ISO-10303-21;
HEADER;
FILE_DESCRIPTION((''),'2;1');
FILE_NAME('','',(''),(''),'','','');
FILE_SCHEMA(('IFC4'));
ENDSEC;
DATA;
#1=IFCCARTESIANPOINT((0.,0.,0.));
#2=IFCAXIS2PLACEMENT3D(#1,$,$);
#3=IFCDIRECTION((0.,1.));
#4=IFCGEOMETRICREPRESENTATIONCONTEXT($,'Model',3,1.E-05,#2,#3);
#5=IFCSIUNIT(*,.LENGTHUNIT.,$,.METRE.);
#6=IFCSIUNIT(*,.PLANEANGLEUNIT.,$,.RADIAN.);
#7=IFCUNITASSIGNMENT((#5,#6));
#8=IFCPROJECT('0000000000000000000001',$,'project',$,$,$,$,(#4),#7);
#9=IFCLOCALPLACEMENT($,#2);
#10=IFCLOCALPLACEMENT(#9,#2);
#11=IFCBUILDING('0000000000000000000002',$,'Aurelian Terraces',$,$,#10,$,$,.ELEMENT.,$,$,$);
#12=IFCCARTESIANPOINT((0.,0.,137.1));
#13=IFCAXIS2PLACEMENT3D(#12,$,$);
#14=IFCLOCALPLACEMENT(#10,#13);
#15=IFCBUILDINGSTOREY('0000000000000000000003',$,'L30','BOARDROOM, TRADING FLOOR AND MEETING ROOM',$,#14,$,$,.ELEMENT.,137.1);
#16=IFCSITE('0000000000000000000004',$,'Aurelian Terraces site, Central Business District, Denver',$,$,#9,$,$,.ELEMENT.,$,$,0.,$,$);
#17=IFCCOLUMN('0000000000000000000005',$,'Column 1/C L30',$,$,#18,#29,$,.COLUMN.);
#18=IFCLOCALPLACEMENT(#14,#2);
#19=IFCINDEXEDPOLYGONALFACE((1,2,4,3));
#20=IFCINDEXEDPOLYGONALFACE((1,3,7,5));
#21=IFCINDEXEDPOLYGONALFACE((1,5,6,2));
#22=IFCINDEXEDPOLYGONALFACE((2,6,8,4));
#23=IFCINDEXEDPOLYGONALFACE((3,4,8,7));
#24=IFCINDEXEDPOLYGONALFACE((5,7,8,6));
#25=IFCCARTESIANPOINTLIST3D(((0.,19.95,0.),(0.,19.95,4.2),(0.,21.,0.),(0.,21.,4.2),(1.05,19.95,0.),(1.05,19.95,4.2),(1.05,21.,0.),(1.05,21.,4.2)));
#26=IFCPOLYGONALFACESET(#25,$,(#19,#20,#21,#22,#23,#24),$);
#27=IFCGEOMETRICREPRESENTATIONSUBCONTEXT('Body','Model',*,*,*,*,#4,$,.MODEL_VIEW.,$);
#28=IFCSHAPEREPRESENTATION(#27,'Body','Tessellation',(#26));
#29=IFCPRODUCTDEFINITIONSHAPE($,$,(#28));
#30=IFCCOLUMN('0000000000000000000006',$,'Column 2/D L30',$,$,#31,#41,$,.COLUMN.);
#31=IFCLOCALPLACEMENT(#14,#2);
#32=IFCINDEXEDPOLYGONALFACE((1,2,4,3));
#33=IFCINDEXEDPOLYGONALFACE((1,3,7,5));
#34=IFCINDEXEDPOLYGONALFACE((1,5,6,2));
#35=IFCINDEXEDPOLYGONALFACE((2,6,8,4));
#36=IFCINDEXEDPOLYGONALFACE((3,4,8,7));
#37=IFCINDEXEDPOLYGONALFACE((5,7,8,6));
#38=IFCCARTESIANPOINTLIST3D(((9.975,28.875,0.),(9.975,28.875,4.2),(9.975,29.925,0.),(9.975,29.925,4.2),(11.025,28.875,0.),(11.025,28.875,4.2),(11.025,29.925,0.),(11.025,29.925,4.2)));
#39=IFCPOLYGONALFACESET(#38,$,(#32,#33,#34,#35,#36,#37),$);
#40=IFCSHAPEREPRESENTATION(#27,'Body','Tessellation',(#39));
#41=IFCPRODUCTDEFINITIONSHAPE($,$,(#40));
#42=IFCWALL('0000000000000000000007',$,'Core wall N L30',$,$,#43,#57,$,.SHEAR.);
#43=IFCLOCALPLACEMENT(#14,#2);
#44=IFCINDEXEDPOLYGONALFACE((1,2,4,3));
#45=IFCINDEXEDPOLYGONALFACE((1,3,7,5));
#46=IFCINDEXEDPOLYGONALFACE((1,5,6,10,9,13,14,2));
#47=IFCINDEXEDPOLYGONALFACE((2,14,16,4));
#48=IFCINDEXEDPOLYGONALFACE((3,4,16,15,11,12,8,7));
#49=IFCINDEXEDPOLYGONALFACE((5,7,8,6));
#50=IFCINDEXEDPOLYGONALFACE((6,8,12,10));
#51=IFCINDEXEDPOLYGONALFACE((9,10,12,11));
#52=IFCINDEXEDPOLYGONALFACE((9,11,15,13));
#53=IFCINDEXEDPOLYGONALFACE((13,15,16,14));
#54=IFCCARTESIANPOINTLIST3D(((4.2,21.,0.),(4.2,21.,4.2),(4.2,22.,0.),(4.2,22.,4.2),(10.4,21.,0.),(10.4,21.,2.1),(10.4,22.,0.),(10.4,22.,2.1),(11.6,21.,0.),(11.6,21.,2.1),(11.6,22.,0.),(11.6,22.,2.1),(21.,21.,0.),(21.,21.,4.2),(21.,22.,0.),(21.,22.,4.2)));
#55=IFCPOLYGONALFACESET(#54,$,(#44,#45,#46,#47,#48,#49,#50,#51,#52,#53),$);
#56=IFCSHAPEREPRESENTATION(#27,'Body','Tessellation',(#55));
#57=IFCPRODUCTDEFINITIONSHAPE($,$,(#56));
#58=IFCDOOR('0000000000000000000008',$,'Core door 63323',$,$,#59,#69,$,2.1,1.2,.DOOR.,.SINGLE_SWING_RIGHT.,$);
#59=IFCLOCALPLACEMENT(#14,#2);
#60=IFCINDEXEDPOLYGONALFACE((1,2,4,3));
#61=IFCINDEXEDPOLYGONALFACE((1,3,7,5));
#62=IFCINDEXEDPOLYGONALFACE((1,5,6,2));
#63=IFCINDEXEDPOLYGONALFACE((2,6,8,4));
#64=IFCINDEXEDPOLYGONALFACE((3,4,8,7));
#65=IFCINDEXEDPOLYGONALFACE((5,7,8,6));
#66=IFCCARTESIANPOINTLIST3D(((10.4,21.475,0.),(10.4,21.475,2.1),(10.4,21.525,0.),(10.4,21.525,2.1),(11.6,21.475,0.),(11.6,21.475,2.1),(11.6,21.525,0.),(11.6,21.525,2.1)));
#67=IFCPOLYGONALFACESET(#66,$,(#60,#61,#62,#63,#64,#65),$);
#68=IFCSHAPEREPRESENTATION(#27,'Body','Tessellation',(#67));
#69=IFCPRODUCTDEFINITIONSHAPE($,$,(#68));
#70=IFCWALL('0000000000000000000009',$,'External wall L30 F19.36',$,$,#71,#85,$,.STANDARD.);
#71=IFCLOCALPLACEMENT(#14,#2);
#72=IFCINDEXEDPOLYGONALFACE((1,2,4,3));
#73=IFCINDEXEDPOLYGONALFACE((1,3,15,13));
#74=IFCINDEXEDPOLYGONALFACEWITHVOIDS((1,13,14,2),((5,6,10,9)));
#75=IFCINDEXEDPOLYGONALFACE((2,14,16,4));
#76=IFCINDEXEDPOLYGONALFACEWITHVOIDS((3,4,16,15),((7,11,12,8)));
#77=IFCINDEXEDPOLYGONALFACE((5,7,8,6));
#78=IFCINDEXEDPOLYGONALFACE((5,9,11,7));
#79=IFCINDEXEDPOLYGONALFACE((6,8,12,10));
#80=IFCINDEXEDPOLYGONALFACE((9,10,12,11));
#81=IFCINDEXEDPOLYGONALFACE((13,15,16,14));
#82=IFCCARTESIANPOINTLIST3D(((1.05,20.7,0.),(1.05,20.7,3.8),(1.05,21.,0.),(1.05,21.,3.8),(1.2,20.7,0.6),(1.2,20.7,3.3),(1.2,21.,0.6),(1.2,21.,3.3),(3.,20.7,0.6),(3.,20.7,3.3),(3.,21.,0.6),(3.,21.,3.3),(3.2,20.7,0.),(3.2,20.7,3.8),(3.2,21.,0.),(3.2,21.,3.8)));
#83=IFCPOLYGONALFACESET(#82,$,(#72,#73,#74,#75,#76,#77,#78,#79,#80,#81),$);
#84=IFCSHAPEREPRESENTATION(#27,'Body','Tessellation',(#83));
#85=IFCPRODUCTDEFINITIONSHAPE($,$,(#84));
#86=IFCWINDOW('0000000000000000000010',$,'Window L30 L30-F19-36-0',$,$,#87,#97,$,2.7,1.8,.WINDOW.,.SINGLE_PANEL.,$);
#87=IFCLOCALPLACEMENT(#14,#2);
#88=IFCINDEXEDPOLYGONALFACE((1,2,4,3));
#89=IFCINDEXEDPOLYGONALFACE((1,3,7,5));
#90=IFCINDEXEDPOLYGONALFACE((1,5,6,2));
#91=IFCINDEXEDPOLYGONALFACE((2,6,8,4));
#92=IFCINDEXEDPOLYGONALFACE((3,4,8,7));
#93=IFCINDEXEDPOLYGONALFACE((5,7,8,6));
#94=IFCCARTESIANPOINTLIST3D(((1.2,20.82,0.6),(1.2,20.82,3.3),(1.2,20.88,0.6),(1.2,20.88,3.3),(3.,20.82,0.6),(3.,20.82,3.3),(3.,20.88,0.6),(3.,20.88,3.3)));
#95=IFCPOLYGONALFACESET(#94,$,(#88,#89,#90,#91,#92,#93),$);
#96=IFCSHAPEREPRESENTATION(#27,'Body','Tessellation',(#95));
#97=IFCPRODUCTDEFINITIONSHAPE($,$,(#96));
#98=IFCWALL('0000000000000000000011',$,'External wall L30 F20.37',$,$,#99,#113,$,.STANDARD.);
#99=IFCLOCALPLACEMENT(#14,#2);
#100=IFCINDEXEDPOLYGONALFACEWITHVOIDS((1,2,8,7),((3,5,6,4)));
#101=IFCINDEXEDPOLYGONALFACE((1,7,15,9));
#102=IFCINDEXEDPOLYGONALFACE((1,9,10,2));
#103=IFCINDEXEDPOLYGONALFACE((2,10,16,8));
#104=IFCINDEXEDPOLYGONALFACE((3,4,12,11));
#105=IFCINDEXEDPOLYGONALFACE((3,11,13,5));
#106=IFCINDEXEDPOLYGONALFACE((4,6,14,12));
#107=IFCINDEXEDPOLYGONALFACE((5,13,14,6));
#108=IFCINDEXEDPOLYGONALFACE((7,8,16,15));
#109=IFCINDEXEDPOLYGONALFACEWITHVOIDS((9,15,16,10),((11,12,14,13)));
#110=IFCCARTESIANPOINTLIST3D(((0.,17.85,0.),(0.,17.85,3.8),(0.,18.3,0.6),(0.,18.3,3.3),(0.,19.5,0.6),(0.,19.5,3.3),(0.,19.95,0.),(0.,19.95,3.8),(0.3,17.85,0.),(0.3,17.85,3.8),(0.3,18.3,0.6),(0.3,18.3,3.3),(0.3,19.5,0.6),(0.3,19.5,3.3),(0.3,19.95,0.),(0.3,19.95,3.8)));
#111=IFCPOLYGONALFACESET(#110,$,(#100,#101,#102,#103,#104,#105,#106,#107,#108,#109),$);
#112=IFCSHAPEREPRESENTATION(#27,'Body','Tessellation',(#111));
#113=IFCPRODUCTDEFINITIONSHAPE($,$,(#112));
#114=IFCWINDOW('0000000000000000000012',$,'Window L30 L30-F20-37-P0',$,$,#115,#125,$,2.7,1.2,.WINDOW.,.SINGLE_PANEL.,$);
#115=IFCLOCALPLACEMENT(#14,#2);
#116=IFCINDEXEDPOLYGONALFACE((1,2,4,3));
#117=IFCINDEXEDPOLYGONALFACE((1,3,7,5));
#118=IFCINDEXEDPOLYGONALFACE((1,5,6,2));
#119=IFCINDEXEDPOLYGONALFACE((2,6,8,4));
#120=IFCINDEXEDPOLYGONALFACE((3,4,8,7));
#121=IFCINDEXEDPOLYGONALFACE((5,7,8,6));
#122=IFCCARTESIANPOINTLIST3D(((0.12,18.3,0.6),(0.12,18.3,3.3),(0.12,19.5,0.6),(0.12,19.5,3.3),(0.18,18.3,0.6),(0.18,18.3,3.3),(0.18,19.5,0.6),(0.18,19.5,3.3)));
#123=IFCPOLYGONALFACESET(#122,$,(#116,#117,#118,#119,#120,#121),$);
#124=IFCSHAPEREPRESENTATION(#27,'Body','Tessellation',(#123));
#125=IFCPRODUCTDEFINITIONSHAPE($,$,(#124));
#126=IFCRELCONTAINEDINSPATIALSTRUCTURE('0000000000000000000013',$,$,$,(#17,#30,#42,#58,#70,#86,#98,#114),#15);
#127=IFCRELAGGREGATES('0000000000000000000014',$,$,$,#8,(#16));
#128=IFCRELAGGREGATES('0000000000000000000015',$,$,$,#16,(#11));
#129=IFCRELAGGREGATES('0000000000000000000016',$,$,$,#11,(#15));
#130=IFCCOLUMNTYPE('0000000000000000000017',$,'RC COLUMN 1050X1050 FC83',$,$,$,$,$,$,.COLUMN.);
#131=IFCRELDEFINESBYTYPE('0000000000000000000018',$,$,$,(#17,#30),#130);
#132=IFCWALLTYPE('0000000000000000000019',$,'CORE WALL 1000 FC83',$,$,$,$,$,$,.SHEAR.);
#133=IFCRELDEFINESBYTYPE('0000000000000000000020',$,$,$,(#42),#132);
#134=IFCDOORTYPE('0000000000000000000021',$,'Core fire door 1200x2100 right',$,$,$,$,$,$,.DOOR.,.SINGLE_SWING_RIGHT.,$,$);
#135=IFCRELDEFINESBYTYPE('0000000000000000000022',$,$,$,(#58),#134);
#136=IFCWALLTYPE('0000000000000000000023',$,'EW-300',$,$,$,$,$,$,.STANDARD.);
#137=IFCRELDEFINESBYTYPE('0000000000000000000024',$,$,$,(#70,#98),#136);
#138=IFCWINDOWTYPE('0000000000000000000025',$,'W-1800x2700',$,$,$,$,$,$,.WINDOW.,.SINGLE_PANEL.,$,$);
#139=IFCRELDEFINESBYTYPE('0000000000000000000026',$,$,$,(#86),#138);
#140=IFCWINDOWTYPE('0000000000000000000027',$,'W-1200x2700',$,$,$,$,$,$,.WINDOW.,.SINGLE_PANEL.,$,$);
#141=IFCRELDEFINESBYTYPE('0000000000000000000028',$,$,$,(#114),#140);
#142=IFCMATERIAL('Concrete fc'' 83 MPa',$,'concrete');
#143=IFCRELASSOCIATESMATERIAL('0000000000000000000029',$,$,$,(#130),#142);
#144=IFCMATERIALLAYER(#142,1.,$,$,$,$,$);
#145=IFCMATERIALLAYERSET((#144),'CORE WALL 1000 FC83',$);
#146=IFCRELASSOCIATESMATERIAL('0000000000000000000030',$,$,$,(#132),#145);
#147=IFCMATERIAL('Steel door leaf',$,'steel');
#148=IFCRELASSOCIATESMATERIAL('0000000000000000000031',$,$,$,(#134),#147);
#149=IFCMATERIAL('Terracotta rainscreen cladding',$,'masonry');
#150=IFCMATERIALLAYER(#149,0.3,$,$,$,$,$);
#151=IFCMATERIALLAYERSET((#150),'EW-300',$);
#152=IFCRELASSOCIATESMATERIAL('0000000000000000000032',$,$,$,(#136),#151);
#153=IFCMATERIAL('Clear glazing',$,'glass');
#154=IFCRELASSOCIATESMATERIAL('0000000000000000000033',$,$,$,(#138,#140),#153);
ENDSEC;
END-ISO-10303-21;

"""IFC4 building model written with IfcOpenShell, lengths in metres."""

from ifc_helpers import new_model, si_unit, direction, frame, frame_2d, origin, origin_2d, place, context, subcontext, project, spatial, rectangle, extrude, source, transform, mapped, material, layer, layer_set, material_profile, profile_set, type_object, element, fill, save


model = new_model("IFC4")

# Units and contexts
model_context = context("Model", 3, precision=1e-05, world=origin(), true_north=direction((0.0, 1.0)))
body_context = subcontext(model_context, "Body", "Model", "MODEL_VIEW")
ifc_project = project(units=[si_unit("LENGTHUNIT", "METRE"), si_unit("PLANEANGLEUNIT", "RADIAN")], contexts=[model_context])

# Site, building, storey
site_placement = place(None, origin())
site = spatial("IfcSite", under=ifc_project, at=site_placement, Name="Aurelian Terraces site, Central Business District, Denver", CompositionType="ELEMENT", RefElevation=0.0)
building_placement = place(site_placement, origin())
building = spatial("IfcBuilding", under=site, at=building_placement, Name="Aurelian Terraces", CompositionType="ELEMENT")
storey_placement = place(building_placement, frame((0.0, 0.0, 137.1)))
storey = spatial("IfcBuildingStorey", under=building, at=storey_placement, Name="L30", Description="BOARDROOM, TRADING FLOOR AND MEETING ROOM", CompositionType="ELEMENT", Elevation=137.1)

# Columns
ifc_material_1 = material(Name="Concrete fc' 83 MPa", Category="concrete")
ifc_material_profile = material_profile(ifc_material_1, rectangle(XDim=1.05, YDim=1.05, at=origin_2d()))
ifc_profile_set = profile_set([ifc_material_profile], Name="Concrete fc' 83 MPa")
column_type = type_object("IfcColumnType", Name="RC COLUMN 1050X1050 FC83", PredefinedType="COLUMN", material=ifc_profile_set)
shared_shape_1 = source(origin(), body_context, "Body", "SweptSolid", [
    extrude(rectangle(XDim=1.05, YDim=1.05, at=origin_2d()), origin(), (0.0, 0.0, 1.0), 4.2),
])
for number, where, z_axis, x_axis, name in (
    (1, (0.525, 20.475, 0.0), (0.0, 0.0, 1.0), (1.0, 0.0, 0.0), "Column 1/C L30"),
    (2, (10.5, 29.4, 0.0), (0.0, 0.0, 1.0), (1.0, 0.0, 0.0), "Column 2/D L30"),
):
    element("IfcColumn", number, at=place(storey_placement, frame(where, z_axis=z_axis, x_axis=x_axis)), inside=storey, type_object=column_type, Name=name, PredefinedType="COLUMN", context=body_context, shape_type="MappedRepresentation", body=[
        mapped(shared_shape_1, transform((0.0, 0.0, 0.0), scale=1.0)),
    ])

# Wall, opening, door
ifc_layer_1 = layer(ifc_material_1, 1.0)
ifc_layer_set_1 = layer_set([ifc_layer_1], Name="CORE WALL 1000 FC83")
wall_type_1 = type_object("IfcWallType", Name="CORE WALL 1000 FC83", PredefinedType="SHEAR", material=ifc_layer_set_1)
shared_shape_2 = source(origin(), body_context, "Body", "SweptSolid", [
    extrude(rectangle(XDim=16.8, YDim=1.0, at=frame_2d((8.4, 0.0))), origin(), (0.0, 0.0, 1.0), 4.2),
])
wall_1_placement = place(storey_placement, frame((4.2, 21.5, 0.0), z_axis=(0.0, 0.0, 1.0), x_axis=(1.0, 0.0, 0.0)))
wall_1 = element("IfcWall", 3, at=wall_1_placement, inside=storey, type_object=wall_type_1, Name="Core wall N L30", PredefinedType="SHEAR", context=body_context, shape_type="MappedRepresentation", body=[
    mapped(shared_shape_2, transform((0.0, 0.0, 0.0), scale=1.0)),
])
shared_shape_3 = source(origin(), body_context, "Body", "SweptSolid", [
    extrude(rectangle(XDim=1.2, YDim=2.1, at=frame_2d((0.6, 1.05))), frame((0.0, 0.51, 0.0), z_axis=(0.0, -1.0, 0.0), x_axis=(1.0, 0.0, 0.0)), (0.0, 0.0, 1.0), 1.02),
])
opening_1_placement = place(wall_1_placement, frame((6.2, 0.0, 0.0)))
opening_1 = element("IfcOpeningElement", 4, at=opening_1_placement, cuts=wall_1, PredefinedType="OPENING", context=body_context, shape_type="MappedRepresentation", body=[
    mapped(shared_shape_3, transform((0.0, 0.0, 0.0), scale=1.0)),
])
ifc_material_2 = material(Name="Steel door leaf", Category="steel")
door_type_1 = type_object("IfcDoorType", Name="Core fire door 1200x2100 right", OperationType="SINGLE_SWING_RIGHT", PredefinedType="DOOR", material=ifc_material_2)
shared_shape_4 = source(origin(), body_context, "Body", "SweptSolid", [
    extrude(rectangle(XDim=1.2, YDim=2.1, at=frame_2d((0.6, 1.05))), frame((0.0, 0.025, 0.0), z_axis=(0.0, -1.0, 0.0), x_axis=(1.0, 0.0, 0.0)), (0.0, 0.0, 1.0), 0.05),
])
door_1_placement = place(opening_1_placement, origin())
door_1 = element("IfcDoor", 5, at=door_1_placement, inside=storey, type_object=door_type_1, Name="Core door 63323", OperationType="SINGLE_SWING_RIGHT", OverallHeight=2.1, OverallWidth=1.2, PredefinedType="DOOR", context=body_context, shape_type="MappedRepresentation", body=[
    mapped(shared_shape_4, transform((0.0, 0.0, 0.0), scale=1.0)),
])
fill(opening_1, door_1)

# Walls, openings, windows
ifc_material_3 = material(Name="Terracotta rainscreen cladding", Category="masonry")
ifc_layer_2 = layer(ifc_material_3, 0.3)
ifc_layer_set_2 = layer_set([ifc_layer_2], Name="EW-300")
wall_type_2 = type_object("IfcWallType", Name="EW-300", PredefinedType="STANDARD", material=ifc_layer_set_2)
shared_shape_5 = source(origin(), body_context, "Body", "SweptSolid", [
    extrude(rectangle(XDim=2.15, YDim=0.3, at=frame_2d((1.075, 0.0))), origin(), (0.0, 0.0, 1.0), 3.8),
])
wall_2_placement = place(storey_placement, frame((3.2, 20.85, 0.0), z_axis=(0.0, 0.0, 1.0), x_axis=(-1.0, 0.0, 0.0)))
wall_2 = element("IfcWall", 6, at=wall_2_placement, inside=storey, type_object=wall_type_2, Name="External wall L30 F19.36", PredefinedType="STANDARD", context=body_context, shape_type="MappedRepresentation", body=[
    mapped(shared_shape_5, transform((0.0, 0.0, 0.0), scale=1.0)),
])
shared_shape_6 = source(origin(), body_context, "Body", "SweptSolid", [
    extrude(rectangle(XDim=1.8, YDim=2.7, at=frame_2d((0.9, 1.35))), frame((0.0, 0.16, 0.0), z_axis=(0.0, -1.0, 0.0), x_axis=(1.0, 0.0, 0.0)), (0.0, 0.0, 1.0), 0.32),
])
opening_2_placement = place(wall_2_placement, frame((0.2, 0.0, 0.6)))
opening_2 = element("IfcOpeningElement", 7, at=opening_2_placement, cuts=wall_2, PredefinedType="OPENING", context=body_context, shape_type="MappedRepresentation", body=[
    mapped(shared_shape_6, transform((0.0, 0.0, 0.0), scale=1.0)),
])
ifc_material_4 = material(Name="Clear glazing", Category="glass")
window_type_1 = type_object("IfcWindowType", Name="W-1800x2700", PartitioningType="SINGLE_PANEL", PredefinedType="WINDOW", material=ifc_material_4)
shared_shape_7 = source(origin(), body_context, "Body", "SweptSolid", [
    extrude(rectangle(XDim=1.8, YDim=2.7, at=frame_2d((0.9, 1.35))), frame((0.0, 0.03, 0.0), z_axis=(0.0, -1.0, 0.0), x_axis=(1.0, 0.0, 0.0)), (0.0, 0.0, 1.0), 0.06),
])
window_1_placement = place(opening_2_placement, origin())
window_1 = element("IfcWindow", 8, at=window_1_placement, inside=storey, type_object=window_type_1, Name="Window L30 L30-F19-36-0", OverallHeight=2.7, OverallWidth=1.8, PartitioningType="SINGLE_PANEL", PredefinedType="WINDOW", context=body_context, shape_type="MappedRepresentation", body=[
    mapped(shared_shape_7, transform((0.0, 0.0, 0.0), scale=1.0)),
])
fill(opening_2, window_1)
shared_shape_8 = source(origin(), body_context, "Body", "SweptSolid", [
    extrude(rectangle(XDim=2.1, YDim=0.3, at=frame_2d((1.05, 0.0))), origin(), (0.0, 0.0, 1.0), 3.8),
])
wall_3_placement = place(storey_placement, frame((0.15, 19.95, 0.0), z_axis=(0.0, 0.0, 1.0), x_axis=(0.0, -1.0, 0.0)))
wall_3 = element("IfcWall", 9, at=wall_3_placement, inside=storey, type_object=wall_type_2, Name="External wall L30 F20.37", PredefinedType="STANDARD", context=body_context, shape_type="MappedRepresentation", body=[
    mapped(shared_shape_8, transform((0.0, 0.0, 0.0), scale=1.0)),
])
shared_shape_9 = source(origin(), body_context, "Body", "SweptSolid", [
    extrude(rectangle(XDim=1.2, YDim=2.7, at=frame_2d((0.6, 1.35))), frame((0.0, 0.16, 0.0), z_axis=(0.0, -1.0, 0.0), x_axis=(1.0, 0.0, 0.0)), (0.0, 0.0, 1.0), 0.32),
])
opening_3_placement = place(wall_3_placement, frame((0.45, 0.0, 0.6)))
opening_3 = element("IfcOpeningElement", 10, at=opening_3_placement, cuts=wall_3, PredefinedType="OPENING", context=body_context, shape_type="MappedRepresentation", body=[
    mapped(shared_shape_9, transform((0.0, 0.0, 0.0), scale=1.0)),
])
window_type_2 = type_object("IfcWindowType", Name="W-1200x2700", PartitioningType="SINGLE_PANEL", PredefinedType="WINDOW", material=ifc_material_4)
shared_shape_10 = source(origin(), body_context, "Body", "SweptSolid", [
    extrude(rectangle(XDim=1.2, YDim=2.7, at=frame_2d((0.6, 1.35))), frame((0.0, 0.03, 0.0), z_axis=(0.0, -1.0, 0.0), x_axis=(1.0, 0.0, 0.0)), (0.0, 0.0, 1.0), 0.06),
])
window_2_placement = place(opening_3_placement, origin())
window_2 = element("IfcWindow", 11, at=window_2_placement, inside=storey, type_object=window_type_2, Name="Window L30 L30-F20-37-P0", OverallHeight=2.7, OverallWidth=1.2, PartitioningType="SINGLE_PANEL", PredefinedType="WINDOW", context=body_context, shape_type="MappedRepresentation", body=[
    mapped(shared_shape_10, transform((0.0, 0.0, 0.0), scale=1.0)),
])
fill(opening_3, window_2)

save(model, "model.ifc")
